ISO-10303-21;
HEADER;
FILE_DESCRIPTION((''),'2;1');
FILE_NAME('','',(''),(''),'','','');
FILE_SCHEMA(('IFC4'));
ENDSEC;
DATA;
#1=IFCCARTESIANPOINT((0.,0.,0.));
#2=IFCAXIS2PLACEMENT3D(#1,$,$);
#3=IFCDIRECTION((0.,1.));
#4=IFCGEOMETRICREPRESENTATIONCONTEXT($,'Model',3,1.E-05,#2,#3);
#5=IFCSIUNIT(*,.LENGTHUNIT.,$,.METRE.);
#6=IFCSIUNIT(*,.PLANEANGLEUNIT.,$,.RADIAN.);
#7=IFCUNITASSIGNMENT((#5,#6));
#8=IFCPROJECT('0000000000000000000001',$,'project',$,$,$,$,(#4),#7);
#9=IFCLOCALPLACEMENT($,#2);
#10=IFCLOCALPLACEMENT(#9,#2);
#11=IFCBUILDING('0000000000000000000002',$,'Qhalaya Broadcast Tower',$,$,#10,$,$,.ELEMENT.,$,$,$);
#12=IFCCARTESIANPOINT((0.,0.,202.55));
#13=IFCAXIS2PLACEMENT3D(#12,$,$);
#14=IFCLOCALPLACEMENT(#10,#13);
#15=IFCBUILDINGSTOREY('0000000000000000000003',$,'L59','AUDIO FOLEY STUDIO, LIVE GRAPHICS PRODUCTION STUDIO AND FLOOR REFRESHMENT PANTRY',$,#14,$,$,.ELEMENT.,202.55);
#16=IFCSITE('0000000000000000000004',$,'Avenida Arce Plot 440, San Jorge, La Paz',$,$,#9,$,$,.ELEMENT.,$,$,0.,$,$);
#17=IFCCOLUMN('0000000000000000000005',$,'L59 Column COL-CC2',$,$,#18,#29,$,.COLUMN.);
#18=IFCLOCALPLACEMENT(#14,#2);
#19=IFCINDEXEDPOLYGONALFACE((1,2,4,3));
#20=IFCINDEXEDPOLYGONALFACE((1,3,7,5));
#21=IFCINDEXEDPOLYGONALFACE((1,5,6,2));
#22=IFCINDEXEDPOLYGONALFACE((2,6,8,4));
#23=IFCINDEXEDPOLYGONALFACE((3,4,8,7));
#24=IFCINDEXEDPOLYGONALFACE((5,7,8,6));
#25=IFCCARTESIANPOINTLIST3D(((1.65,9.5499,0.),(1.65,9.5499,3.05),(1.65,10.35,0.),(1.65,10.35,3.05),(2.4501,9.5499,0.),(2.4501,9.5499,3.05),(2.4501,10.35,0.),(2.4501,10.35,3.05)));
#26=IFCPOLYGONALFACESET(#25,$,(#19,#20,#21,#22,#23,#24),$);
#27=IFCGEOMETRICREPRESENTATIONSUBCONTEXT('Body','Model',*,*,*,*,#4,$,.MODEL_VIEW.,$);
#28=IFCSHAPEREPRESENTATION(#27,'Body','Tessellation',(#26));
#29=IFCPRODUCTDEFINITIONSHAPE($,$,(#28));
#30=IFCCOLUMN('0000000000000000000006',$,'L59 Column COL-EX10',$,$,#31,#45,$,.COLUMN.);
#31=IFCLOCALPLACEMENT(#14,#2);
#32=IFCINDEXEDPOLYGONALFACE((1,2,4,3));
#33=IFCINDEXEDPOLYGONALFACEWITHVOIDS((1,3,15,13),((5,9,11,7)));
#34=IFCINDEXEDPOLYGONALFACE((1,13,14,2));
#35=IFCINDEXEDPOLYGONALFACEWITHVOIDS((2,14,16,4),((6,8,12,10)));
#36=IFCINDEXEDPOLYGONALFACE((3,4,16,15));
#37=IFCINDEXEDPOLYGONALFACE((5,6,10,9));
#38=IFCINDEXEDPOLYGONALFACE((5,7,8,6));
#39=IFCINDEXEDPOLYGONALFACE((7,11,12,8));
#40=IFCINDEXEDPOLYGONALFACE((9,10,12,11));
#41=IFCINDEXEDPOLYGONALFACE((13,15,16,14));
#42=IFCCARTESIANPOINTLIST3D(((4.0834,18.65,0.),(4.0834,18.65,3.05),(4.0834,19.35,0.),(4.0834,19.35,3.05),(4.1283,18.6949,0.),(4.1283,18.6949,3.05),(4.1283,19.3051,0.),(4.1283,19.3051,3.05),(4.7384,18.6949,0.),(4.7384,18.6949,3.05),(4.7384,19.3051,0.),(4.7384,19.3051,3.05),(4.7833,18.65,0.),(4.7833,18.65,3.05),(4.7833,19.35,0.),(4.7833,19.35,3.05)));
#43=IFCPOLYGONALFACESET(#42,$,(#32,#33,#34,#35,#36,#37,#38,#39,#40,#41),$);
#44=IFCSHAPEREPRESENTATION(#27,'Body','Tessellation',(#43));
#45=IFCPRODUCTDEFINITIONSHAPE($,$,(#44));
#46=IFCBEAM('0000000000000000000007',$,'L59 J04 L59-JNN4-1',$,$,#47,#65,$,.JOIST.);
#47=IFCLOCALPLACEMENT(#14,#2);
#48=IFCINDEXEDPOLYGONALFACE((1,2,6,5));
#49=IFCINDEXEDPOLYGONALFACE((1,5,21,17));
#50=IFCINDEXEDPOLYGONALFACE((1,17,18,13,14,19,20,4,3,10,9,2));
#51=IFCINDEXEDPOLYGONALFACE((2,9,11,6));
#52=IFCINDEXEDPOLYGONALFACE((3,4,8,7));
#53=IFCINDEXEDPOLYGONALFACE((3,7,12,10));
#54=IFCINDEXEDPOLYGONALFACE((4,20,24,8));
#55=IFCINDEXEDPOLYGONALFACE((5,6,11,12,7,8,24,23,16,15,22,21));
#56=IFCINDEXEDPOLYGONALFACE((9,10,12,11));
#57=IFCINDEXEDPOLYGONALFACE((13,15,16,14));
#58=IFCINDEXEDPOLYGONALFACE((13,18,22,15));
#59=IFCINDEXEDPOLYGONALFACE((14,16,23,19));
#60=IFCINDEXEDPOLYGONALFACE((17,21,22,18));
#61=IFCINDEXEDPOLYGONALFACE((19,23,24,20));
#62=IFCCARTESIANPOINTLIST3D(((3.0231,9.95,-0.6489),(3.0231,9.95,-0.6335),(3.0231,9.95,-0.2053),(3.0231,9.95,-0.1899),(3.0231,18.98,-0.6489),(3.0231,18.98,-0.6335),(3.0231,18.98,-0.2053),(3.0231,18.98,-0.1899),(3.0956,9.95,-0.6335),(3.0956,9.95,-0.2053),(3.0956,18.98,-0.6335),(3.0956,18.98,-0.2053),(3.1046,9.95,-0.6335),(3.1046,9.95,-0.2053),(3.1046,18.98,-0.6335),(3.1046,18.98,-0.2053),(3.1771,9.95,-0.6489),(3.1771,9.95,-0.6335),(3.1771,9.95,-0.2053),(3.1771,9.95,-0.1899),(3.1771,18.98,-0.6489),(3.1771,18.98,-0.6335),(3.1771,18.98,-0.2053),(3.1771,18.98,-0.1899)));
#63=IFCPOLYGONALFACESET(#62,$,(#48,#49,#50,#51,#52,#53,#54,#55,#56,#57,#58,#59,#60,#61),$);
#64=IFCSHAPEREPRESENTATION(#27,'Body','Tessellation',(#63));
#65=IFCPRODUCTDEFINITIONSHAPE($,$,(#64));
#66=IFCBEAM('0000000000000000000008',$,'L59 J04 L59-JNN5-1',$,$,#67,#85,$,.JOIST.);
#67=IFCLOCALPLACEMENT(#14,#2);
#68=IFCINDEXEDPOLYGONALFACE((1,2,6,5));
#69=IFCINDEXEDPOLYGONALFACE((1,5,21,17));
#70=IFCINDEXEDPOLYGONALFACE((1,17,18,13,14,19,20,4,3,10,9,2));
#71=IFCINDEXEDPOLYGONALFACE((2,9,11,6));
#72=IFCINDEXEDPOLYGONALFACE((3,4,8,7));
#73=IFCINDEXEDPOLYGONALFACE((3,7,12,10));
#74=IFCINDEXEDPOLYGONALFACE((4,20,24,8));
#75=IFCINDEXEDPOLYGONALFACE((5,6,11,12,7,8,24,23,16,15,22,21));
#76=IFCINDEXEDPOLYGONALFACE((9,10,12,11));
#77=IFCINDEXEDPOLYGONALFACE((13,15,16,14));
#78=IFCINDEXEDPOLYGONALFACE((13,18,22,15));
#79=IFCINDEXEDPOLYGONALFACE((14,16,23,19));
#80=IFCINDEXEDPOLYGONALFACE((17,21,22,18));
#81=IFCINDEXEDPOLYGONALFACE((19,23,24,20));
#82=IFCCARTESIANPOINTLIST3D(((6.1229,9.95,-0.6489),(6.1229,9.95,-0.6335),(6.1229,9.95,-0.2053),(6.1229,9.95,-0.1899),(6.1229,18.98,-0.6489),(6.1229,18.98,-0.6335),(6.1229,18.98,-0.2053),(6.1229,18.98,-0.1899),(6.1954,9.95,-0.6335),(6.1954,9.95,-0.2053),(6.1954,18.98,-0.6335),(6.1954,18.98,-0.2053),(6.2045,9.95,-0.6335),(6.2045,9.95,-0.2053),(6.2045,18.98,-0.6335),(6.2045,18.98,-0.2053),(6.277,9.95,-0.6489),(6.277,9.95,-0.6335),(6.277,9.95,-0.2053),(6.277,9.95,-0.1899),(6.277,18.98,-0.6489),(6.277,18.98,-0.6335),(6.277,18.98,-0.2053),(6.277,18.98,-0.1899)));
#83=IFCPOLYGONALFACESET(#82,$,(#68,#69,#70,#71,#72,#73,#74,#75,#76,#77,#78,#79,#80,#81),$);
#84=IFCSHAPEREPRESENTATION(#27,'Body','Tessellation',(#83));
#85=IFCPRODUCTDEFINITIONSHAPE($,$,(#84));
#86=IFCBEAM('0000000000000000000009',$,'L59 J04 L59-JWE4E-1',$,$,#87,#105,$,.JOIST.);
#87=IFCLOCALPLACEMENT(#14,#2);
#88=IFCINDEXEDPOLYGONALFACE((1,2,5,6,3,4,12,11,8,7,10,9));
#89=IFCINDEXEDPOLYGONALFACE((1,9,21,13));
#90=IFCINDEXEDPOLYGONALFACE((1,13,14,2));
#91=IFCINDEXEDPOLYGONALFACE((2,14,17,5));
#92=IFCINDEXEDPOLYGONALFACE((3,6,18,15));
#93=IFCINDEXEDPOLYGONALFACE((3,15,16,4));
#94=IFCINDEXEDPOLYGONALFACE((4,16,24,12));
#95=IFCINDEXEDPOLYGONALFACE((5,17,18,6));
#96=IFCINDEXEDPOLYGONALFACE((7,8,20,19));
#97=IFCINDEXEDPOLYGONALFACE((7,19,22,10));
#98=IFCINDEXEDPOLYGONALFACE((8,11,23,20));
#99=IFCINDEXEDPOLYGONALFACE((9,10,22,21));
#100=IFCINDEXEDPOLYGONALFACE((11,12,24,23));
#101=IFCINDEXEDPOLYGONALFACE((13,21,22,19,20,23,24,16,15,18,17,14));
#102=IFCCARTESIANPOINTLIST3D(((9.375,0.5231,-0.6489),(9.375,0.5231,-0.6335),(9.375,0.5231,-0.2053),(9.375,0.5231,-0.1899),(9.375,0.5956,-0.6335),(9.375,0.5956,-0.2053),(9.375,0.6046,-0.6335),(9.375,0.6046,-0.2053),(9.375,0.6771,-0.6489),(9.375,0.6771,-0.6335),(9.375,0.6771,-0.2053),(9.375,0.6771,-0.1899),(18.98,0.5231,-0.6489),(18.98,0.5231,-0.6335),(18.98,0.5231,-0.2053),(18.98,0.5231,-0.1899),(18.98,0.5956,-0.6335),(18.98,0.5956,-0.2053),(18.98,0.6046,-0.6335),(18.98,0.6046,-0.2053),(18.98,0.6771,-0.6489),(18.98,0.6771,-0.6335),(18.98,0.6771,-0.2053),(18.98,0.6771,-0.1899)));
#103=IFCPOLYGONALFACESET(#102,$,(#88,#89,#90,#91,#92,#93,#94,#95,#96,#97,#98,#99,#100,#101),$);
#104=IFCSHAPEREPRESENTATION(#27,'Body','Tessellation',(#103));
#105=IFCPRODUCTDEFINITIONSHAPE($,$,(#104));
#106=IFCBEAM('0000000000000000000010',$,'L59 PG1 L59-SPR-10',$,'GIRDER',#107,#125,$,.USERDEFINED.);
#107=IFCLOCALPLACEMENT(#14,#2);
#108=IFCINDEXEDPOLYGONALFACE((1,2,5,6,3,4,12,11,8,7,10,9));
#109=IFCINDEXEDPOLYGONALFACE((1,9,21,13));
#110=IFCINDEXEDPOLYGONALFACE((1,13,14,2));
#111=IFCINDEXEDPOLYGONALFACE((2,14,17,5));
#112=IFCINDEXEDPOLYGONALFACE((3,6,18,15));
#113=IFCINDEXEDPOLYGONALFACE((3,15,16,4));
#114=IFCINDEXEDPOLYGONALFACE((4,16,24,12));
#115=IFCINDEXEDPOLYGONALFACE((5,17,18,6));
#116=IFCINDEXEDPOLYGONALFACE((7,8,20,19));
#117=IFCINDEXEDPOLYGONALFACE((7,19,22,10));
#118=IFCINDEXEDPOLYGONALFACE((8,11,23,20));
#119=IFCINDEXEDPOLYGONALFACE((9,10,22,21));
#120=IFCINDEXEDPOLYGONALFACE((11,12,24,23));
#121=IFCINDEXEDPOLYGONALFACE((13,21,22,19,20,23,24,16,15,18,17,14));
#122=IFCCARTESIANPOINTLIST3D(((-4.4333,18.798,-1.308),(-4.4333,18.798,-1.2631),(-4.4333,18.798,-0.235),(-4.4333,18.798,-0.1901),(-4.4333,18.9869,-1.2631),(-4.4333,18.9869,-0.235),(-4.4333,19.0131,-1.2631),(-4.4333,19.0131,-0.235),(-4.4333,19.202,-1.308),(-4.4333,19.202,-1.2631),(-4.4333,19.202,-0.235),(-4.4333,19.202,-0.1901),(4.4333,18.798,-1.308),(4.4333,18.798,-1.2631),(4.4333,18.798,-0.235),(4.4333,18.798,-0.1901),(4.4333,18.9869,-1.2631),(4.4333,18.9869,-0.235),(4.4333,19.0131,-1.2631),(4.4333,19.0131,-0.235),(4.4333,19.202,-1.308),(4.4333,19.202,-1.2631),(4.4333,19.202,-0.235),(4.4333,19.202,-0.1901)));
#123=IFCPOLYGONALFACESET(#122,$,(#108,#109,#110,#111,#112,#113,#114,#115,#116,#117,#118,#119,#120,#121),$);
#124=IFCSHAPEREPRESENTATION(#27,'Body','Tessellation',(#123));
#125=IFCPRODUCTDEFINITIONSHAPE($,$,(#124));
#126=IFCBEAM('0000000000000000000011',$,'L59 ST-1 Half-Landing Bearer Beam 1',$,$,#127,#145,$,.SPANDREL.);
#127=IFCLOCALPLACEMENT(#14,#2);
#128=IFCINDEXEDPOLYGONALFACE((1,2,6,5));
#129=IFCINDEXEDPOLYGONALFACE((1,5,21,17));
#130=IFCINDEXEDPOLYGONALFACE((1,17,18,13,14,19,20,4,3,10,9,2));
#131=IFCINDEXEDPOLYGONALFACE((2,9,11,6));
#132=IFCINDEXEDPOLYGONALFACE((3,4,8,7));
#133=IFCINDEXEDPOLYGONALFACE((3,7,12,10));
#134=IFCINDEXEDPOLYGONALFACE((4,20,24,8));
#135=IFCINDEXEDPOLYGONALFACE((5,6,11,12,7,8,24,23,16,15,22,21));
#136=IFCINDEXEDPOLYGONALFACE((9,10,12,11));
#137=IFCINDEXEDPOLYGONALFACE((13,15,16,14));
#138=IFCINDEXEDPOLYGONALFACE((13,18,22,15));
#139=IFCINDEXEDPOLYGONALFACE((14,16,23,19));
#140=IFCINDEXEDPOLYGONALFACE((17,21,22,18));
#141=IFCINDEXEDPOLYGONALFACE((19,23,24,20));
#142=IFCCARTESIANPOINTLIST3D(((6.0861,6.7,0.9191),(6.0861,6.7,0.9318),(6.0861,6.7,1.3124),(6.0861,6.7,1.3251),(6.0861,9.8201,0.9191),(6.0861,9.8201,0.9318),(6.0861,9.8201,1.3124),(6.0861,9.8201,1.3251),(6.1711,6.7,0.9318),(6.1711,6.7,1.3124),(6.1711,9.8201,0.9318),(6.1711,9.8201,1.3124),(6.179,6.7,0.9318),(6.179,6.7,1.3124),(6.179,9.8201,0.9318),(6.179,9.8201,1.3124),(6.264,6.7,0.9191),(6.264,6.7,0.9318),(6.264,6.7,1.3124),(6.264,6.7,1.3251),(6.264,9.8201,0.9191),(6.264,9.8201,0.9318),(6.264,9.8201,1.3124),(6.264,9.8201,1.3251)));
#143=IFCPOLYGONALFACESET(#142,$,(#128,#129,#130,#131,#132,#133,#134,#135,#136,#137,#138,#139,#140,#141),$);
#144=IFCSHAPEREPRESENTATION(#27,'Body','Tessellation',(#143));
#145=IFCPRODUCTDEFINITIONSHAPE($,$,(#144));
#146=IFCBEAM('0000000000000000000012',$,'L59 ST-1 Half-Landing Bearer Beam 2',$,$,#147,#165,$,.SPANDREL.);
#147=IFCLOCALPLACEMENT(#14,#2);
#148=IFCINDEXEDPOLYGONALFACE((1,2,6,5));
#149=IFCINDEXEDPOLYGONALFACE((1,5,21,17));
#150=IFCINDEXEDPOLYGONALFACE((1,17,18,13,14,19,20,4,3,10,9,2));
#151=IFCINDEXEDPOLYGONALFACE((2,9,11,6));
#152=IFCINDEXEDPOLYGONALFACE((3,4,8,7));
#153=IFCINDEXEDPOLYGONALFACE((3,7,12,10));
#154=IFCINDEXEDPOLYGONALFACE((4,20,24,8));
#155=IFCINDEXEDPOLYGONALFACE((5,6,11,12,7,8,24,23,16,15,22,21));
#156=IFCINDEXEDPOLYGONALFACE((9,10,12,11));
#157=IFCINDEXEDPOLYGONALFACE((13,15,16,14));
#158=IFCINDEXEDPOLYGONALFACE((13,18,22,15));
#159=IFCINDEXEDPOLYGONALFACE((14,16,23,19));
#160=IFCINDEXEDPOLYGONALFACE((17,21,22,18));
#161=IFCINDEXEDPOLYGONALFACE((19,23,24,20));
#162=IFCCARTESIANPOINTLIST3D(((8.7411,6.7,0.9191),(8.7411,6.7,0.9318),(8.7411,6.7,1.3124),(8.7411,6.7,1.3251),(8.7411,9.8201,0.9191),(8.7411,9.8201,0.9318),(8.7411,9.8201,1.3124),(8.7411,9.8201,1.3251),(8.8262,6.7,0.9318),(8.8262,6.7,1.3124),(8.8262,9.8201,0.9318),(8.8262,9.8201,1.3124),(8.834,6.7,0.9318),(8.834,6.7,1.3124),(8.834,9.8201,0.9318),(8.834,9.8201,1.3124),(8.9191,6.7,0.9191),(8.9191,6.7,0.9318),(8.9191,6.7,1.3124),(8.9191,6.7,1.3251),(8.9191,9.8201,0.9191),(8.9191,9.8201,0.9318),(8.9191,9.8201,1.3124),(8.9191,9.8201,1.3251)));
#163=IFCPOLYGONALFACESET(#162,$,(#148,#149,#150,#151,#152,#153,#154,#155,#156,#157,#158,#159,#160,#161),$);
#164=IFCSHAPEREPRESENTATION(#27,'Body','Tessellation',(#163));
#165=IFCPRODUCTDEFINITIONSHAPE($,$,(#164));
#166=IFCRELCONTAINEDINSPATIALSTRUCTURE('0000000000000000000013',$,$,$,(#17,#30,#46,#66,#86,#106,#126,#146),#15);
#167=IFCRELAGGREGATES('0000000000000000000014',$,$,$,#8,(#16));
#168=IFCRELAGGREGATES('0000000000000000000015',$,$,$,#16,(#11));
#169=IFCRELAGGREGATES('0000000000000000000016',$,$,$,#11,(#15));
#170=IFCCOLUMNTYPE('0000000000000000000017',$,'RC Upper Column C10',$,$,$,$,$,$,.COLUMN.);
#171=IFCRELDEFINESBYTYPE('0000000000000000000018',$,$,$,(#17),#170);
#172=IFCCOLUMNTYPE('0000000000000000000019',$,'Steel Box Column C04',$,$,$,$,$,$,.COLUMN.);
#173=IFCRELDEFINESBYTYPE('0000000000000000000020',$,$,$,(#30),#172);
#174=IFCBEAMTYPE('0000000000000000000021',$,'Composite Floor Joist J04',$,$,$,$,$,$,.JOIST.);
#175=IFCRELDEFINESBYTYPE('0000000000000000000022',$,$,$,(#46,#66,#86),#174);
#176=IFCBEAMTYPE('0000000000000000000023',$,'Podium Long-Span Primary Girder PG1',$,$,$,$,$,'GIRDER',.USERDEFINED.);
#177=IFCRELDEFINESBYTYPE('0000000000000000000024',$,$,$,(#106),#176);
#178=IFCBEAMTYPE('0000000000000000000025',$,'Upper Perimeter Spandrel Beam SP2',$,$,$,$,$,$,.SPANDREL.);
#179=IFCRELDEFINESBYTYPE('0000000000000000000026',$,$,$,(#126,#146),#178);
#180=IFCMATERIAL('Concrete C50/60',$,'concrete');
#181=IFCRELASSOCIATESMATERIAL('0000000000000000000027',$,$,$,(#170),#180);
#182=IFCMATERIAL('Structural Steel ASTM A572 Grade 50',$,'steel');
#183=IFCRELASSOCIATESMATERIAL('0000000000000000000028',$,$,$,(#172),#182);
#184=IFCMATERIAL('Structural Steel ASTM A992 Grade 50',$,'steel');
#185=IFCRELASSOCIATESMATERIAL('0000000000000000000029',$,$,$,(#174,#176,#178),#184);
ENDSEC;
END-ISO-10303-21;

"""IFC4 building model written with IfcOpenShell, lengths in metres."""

from ifc_helpers import new_model, si_unit, direction, frame, origin, origin_2d, place, context, subcontext, project, spatial, rectangle, hollow_rectangle, i_section, extrude, material, material_profile, profile_set, type_object, element, save


model = new_model("IFC4")

# Units and contexts
model_context = context("Model", 3, precision=1e-05, world=origin(), true_north=direction((0.0, 1.0)))
body_context = subcontext(model_context, "Body", "Model", "MODEL_VIEW")
ifc_project = project(units=[si_unit("LENGTHUNIT", "METRE"), si_unit("PLANEANGLEUNIT", "RADIAN")], contexts=[model_context])

# Site, building, storey
site_placement = place(None, origin())
site = spatial("IfcSite", under=ifc_project, at=site_placement, Name="Avenida Arce Plot 440, San Jorge, La Paz", CompositionType="ELEMENT", RefElevation=0.0)
building_placement = place(site_placement, origin())
building = spatial("IfcBuilding", under=site, at=building_placement, Name="Qhalaya Broadcast Tower", CompositionType="ELEMENT")
storey_placement = place(building_placement, frame((0.0, 0.0, 202.55)))
storey = spatial("IfcBuildingStorey", under=building, at=storey_placement, Name="L59", Description="AUDIO FOLEY STUDIO, LIVE GRAPHICS PRODUCTION STUDIO AND FLOOR REFRESHMENT PANTRY", CompositionType="ELEMENT", Elevation=202.55)

# Columns
ifc_material_1 = material(Name="Concrete C50/60", Category="concrete")
ifc_material_profile_1 = material_profile(ifc_material_1, rectangle(XDim=0.8, YDim=0.8, at=origin_2d()), Name="RC-COL 800x800")
ifc_profile_set_1 = profile_set([ifc_material_profile_1], Name="Concrete C50/60")
column_type_1 = type_object("IfcColumnType", Name="RC Upper Column C10", PredefinedType="COLUMN", material=ifc_profile_set_1)
column_1_placement = place(storey_placement, frame((2.05, 9.95, 0.0), z_axis=(0.0, 0.0, 1.0), x_axis=(1.0, 0.0, 0.0)))
element("IfcColumn", 1, at=column_1_placement, inside=storey, type_object=column_type_1, Name="L59 Column COL-CC2", PredefinedType="COLUMN", context=body_context, shape_type="SweptSolid", body=[
    extrude(rectangle(XDim=0.8, YDim=0.8, at=origin_2d()), origin(), (0.0, 0.0, 1.0), 3.05),
])
ifc_material_2 = material(Name="Structural Steel ASTM A572 Grade 50", Category="steel")
ifc_material_profile_2 = material_profile(ifc_material_2, hollow_rectangle(XDim=0.7, YDim=0.7, WallThickness=0.0449, at=origin_2d()), Name="BOX 700x700x45")
ifc_profile_set_2 = profile_set([ifc_material_profile_2], Name="Structural Steel ASTM A572 Grade 50")
column_type_2 = type_object("IfcColumnType", Name="Steel Box Column C04", PredefinedType="COLUMN", material=ifc_profile_set_2)
column_2_placement = place(storey_placement, frame((4.4333, 19.0, 0.0), z_axis=(0.0, 0.0, 1.0), x_axis=(1.0, 0.0, 0.0)))
element("IfcColumn", 2, at=column_2_placement, inside=storey, type_object=column_type_2, Name="L59 Column COL-EX10", PredefinedType="COLUMN", context=body_context, shape_type="SweptSolid", body=[
    extrude(hollow_rectangle(XDim=0.7, YDim=0.7, WallThickness=0.0449, at=origin_2d()), origin(), (0.0, 0.0, 1.0), 3.05),
])

# Beams
ifc_material_3 = material(Name="Structural Steel ASTM A992 Grade 50", Category="steel")
ifc_material_profile_3 = material_profile(ifc_material_3, i_section(OverallWidth=0.1541, OverallDepth=0.459, WebThickness=0.009, FlangeThickness=0.0154, at=origin_2d()), Name="W18X46")
ifc_profile_set_3 = profile_set([ifc_material_profile_3], Name="Structural Steel ASTM A992 Grade 50")
beam_type_1 = type_object("IfcBeamType", Name="Composite Floor Joist J04", PredefinedType="JOIST", material=ifc_profile_set_3)
for number, where, z_axis, x_axis, name in (
    (3, (3.1001, 9.95, -0.4194), (0.0, 1.0, 0.0), (-1.0, 0.0, 0.0), "L59 J04 L59-JNN4-1"),
    (4, (6.2, 9.95, -0.4194), (0.0, 1.0, 0.0), (-1.0, 0.0, 0.0), "L59 J04 L59-JNN5-1"),
):
    element("IfcBeam", number, at=place(storey_placement, frame(where, z_axis=z_axis, x_axis=x_axis)), inside=storey, type_object=beam_type_1, Name=name, PredefinedType="JOIST", context=body_context, shape_type="SweptSolid", body=[
        extrude(i_section(OverallWidth=0.1541, OverallDepth=0.459, WebThickness=0.009, FlangeThickness=0.0154, at=origin_2d()), origin(), (0.0, 0.0, 1.0), 9.03),
    ])
beam_1_placement = place(storey_placement, frame((9.375, 0.6001, -0.4194), z_axis=(1.0, 0.0, 0.0), x_axis=(0.0, 1.0, 0.0)))
element("IfcBeam", 5, at=beam_1_placement, inside=storey, type_object=beam_type_1, Name="L59 J04 L59-JWE4E-1", PredefinedType="JOIST", context=body_context, shape_type="SweptSolid", body=[
    extrude(i_section(OverallWidth=0.1541, OverallDepth=0.459, WebThickness=0.009, FlangeThickness=0.0154, at=origin_2d()), origin(), (0.0, 0.0, 1.0), 9.605),
])
ifc_material_profile_4 = material_profile(ifc_material_3, i_section(OverallWidth=0.4041, OverallDepth=1.1179, WebThickness=0.0261, FlangeThickness=0.0449, at=origin_2d()), Name="W44X335")
ifc_profile_set_4 = profile_set([ifc_material_profile_4], Name="Structural Steel ASTM A992 Grade 50")
beam_type_2 = type_object("IfcBeamType", Name="Podium Long-Span Primary Girder PG1", ElementType="GIRDER", PredefinedType="USERDEFINED", material=ifc_profile_set_4)
beam_2_placement = place(storey_placement, frame((4.4333, 19.0, -0.749), z_axis=(-1.0, 0.0, 0.0), x_axis=(0.0, -1.0, 0.0)))
element("IfcBeam", 6, at=beam_2_placement, inside=storey, type_object=beam_type_2, Name="L59 PG1 L59-SPR-10", ObjectType="GIRDER", PredefinedType="USERDEFINED", context=body_context, shape_type="SweptSolid", body=[
    extrude(i_section(OverallWidth=0.4041, OverallDepth=1.1179, WebThickness=0.0261, FlangeThickness=0.0449, at=origin_2d()), origin(), (0.0, 0.0, 1.0), 8.8667),
])
ifc_material_profile_5 = material_profile(ifc_material_3, i_section(OverallWidth=0.178, OverallDepth=0.406, WebThickness=0.0078, FlangeThickness=0.0127, at=origin_2d()), Name="W16X40")
ifc_profile_set_5 = profile_set([ifc_material_profile_5], Name="Structural Steel ASTM A992 Grade 50")
beam_type_3 = type_object("IfcBeamType", Name="Upper Perimeter Spandrel Beam SP2", PredefinedType="SPANDREL", material=ifc_profile_set_5)
for number, where, z_axis, x_axis, name in (
    (7, (6.175, 6.7, 1.1221), (0.0, 1.0, 0.0), (-1.0, 0.0, 0.0), "L59 ST-1 Half-Landing Bearer Beam 1"),
    (8, (8.8301, 6.7, 1.1221), (0.0, 1.0, 0.0), (-1.0, 0.0, 0.0), "L59 ST-1 Half-Landing Bearer Beam 2"),
):
    element("IfcBeam", number, at=place(storey_placement, frame(where, z_axis=z_axis, x_axis=x_axis)), inside=storey, type_object=beam_type_3, Name=name, PredefinedType="SPANDREL", context=body_context, shape_type="SweptSolid", body=[
        extrude(i_section(OverallWidth=0.178, OverallDepth=0.406, WebThickness=0.0078, FlangeThickness=0.0127, at=origin_2d()), origin(), (0.0, 0.0, 1.0), 3.1201),
    ])

save(model, "model.ifc")
